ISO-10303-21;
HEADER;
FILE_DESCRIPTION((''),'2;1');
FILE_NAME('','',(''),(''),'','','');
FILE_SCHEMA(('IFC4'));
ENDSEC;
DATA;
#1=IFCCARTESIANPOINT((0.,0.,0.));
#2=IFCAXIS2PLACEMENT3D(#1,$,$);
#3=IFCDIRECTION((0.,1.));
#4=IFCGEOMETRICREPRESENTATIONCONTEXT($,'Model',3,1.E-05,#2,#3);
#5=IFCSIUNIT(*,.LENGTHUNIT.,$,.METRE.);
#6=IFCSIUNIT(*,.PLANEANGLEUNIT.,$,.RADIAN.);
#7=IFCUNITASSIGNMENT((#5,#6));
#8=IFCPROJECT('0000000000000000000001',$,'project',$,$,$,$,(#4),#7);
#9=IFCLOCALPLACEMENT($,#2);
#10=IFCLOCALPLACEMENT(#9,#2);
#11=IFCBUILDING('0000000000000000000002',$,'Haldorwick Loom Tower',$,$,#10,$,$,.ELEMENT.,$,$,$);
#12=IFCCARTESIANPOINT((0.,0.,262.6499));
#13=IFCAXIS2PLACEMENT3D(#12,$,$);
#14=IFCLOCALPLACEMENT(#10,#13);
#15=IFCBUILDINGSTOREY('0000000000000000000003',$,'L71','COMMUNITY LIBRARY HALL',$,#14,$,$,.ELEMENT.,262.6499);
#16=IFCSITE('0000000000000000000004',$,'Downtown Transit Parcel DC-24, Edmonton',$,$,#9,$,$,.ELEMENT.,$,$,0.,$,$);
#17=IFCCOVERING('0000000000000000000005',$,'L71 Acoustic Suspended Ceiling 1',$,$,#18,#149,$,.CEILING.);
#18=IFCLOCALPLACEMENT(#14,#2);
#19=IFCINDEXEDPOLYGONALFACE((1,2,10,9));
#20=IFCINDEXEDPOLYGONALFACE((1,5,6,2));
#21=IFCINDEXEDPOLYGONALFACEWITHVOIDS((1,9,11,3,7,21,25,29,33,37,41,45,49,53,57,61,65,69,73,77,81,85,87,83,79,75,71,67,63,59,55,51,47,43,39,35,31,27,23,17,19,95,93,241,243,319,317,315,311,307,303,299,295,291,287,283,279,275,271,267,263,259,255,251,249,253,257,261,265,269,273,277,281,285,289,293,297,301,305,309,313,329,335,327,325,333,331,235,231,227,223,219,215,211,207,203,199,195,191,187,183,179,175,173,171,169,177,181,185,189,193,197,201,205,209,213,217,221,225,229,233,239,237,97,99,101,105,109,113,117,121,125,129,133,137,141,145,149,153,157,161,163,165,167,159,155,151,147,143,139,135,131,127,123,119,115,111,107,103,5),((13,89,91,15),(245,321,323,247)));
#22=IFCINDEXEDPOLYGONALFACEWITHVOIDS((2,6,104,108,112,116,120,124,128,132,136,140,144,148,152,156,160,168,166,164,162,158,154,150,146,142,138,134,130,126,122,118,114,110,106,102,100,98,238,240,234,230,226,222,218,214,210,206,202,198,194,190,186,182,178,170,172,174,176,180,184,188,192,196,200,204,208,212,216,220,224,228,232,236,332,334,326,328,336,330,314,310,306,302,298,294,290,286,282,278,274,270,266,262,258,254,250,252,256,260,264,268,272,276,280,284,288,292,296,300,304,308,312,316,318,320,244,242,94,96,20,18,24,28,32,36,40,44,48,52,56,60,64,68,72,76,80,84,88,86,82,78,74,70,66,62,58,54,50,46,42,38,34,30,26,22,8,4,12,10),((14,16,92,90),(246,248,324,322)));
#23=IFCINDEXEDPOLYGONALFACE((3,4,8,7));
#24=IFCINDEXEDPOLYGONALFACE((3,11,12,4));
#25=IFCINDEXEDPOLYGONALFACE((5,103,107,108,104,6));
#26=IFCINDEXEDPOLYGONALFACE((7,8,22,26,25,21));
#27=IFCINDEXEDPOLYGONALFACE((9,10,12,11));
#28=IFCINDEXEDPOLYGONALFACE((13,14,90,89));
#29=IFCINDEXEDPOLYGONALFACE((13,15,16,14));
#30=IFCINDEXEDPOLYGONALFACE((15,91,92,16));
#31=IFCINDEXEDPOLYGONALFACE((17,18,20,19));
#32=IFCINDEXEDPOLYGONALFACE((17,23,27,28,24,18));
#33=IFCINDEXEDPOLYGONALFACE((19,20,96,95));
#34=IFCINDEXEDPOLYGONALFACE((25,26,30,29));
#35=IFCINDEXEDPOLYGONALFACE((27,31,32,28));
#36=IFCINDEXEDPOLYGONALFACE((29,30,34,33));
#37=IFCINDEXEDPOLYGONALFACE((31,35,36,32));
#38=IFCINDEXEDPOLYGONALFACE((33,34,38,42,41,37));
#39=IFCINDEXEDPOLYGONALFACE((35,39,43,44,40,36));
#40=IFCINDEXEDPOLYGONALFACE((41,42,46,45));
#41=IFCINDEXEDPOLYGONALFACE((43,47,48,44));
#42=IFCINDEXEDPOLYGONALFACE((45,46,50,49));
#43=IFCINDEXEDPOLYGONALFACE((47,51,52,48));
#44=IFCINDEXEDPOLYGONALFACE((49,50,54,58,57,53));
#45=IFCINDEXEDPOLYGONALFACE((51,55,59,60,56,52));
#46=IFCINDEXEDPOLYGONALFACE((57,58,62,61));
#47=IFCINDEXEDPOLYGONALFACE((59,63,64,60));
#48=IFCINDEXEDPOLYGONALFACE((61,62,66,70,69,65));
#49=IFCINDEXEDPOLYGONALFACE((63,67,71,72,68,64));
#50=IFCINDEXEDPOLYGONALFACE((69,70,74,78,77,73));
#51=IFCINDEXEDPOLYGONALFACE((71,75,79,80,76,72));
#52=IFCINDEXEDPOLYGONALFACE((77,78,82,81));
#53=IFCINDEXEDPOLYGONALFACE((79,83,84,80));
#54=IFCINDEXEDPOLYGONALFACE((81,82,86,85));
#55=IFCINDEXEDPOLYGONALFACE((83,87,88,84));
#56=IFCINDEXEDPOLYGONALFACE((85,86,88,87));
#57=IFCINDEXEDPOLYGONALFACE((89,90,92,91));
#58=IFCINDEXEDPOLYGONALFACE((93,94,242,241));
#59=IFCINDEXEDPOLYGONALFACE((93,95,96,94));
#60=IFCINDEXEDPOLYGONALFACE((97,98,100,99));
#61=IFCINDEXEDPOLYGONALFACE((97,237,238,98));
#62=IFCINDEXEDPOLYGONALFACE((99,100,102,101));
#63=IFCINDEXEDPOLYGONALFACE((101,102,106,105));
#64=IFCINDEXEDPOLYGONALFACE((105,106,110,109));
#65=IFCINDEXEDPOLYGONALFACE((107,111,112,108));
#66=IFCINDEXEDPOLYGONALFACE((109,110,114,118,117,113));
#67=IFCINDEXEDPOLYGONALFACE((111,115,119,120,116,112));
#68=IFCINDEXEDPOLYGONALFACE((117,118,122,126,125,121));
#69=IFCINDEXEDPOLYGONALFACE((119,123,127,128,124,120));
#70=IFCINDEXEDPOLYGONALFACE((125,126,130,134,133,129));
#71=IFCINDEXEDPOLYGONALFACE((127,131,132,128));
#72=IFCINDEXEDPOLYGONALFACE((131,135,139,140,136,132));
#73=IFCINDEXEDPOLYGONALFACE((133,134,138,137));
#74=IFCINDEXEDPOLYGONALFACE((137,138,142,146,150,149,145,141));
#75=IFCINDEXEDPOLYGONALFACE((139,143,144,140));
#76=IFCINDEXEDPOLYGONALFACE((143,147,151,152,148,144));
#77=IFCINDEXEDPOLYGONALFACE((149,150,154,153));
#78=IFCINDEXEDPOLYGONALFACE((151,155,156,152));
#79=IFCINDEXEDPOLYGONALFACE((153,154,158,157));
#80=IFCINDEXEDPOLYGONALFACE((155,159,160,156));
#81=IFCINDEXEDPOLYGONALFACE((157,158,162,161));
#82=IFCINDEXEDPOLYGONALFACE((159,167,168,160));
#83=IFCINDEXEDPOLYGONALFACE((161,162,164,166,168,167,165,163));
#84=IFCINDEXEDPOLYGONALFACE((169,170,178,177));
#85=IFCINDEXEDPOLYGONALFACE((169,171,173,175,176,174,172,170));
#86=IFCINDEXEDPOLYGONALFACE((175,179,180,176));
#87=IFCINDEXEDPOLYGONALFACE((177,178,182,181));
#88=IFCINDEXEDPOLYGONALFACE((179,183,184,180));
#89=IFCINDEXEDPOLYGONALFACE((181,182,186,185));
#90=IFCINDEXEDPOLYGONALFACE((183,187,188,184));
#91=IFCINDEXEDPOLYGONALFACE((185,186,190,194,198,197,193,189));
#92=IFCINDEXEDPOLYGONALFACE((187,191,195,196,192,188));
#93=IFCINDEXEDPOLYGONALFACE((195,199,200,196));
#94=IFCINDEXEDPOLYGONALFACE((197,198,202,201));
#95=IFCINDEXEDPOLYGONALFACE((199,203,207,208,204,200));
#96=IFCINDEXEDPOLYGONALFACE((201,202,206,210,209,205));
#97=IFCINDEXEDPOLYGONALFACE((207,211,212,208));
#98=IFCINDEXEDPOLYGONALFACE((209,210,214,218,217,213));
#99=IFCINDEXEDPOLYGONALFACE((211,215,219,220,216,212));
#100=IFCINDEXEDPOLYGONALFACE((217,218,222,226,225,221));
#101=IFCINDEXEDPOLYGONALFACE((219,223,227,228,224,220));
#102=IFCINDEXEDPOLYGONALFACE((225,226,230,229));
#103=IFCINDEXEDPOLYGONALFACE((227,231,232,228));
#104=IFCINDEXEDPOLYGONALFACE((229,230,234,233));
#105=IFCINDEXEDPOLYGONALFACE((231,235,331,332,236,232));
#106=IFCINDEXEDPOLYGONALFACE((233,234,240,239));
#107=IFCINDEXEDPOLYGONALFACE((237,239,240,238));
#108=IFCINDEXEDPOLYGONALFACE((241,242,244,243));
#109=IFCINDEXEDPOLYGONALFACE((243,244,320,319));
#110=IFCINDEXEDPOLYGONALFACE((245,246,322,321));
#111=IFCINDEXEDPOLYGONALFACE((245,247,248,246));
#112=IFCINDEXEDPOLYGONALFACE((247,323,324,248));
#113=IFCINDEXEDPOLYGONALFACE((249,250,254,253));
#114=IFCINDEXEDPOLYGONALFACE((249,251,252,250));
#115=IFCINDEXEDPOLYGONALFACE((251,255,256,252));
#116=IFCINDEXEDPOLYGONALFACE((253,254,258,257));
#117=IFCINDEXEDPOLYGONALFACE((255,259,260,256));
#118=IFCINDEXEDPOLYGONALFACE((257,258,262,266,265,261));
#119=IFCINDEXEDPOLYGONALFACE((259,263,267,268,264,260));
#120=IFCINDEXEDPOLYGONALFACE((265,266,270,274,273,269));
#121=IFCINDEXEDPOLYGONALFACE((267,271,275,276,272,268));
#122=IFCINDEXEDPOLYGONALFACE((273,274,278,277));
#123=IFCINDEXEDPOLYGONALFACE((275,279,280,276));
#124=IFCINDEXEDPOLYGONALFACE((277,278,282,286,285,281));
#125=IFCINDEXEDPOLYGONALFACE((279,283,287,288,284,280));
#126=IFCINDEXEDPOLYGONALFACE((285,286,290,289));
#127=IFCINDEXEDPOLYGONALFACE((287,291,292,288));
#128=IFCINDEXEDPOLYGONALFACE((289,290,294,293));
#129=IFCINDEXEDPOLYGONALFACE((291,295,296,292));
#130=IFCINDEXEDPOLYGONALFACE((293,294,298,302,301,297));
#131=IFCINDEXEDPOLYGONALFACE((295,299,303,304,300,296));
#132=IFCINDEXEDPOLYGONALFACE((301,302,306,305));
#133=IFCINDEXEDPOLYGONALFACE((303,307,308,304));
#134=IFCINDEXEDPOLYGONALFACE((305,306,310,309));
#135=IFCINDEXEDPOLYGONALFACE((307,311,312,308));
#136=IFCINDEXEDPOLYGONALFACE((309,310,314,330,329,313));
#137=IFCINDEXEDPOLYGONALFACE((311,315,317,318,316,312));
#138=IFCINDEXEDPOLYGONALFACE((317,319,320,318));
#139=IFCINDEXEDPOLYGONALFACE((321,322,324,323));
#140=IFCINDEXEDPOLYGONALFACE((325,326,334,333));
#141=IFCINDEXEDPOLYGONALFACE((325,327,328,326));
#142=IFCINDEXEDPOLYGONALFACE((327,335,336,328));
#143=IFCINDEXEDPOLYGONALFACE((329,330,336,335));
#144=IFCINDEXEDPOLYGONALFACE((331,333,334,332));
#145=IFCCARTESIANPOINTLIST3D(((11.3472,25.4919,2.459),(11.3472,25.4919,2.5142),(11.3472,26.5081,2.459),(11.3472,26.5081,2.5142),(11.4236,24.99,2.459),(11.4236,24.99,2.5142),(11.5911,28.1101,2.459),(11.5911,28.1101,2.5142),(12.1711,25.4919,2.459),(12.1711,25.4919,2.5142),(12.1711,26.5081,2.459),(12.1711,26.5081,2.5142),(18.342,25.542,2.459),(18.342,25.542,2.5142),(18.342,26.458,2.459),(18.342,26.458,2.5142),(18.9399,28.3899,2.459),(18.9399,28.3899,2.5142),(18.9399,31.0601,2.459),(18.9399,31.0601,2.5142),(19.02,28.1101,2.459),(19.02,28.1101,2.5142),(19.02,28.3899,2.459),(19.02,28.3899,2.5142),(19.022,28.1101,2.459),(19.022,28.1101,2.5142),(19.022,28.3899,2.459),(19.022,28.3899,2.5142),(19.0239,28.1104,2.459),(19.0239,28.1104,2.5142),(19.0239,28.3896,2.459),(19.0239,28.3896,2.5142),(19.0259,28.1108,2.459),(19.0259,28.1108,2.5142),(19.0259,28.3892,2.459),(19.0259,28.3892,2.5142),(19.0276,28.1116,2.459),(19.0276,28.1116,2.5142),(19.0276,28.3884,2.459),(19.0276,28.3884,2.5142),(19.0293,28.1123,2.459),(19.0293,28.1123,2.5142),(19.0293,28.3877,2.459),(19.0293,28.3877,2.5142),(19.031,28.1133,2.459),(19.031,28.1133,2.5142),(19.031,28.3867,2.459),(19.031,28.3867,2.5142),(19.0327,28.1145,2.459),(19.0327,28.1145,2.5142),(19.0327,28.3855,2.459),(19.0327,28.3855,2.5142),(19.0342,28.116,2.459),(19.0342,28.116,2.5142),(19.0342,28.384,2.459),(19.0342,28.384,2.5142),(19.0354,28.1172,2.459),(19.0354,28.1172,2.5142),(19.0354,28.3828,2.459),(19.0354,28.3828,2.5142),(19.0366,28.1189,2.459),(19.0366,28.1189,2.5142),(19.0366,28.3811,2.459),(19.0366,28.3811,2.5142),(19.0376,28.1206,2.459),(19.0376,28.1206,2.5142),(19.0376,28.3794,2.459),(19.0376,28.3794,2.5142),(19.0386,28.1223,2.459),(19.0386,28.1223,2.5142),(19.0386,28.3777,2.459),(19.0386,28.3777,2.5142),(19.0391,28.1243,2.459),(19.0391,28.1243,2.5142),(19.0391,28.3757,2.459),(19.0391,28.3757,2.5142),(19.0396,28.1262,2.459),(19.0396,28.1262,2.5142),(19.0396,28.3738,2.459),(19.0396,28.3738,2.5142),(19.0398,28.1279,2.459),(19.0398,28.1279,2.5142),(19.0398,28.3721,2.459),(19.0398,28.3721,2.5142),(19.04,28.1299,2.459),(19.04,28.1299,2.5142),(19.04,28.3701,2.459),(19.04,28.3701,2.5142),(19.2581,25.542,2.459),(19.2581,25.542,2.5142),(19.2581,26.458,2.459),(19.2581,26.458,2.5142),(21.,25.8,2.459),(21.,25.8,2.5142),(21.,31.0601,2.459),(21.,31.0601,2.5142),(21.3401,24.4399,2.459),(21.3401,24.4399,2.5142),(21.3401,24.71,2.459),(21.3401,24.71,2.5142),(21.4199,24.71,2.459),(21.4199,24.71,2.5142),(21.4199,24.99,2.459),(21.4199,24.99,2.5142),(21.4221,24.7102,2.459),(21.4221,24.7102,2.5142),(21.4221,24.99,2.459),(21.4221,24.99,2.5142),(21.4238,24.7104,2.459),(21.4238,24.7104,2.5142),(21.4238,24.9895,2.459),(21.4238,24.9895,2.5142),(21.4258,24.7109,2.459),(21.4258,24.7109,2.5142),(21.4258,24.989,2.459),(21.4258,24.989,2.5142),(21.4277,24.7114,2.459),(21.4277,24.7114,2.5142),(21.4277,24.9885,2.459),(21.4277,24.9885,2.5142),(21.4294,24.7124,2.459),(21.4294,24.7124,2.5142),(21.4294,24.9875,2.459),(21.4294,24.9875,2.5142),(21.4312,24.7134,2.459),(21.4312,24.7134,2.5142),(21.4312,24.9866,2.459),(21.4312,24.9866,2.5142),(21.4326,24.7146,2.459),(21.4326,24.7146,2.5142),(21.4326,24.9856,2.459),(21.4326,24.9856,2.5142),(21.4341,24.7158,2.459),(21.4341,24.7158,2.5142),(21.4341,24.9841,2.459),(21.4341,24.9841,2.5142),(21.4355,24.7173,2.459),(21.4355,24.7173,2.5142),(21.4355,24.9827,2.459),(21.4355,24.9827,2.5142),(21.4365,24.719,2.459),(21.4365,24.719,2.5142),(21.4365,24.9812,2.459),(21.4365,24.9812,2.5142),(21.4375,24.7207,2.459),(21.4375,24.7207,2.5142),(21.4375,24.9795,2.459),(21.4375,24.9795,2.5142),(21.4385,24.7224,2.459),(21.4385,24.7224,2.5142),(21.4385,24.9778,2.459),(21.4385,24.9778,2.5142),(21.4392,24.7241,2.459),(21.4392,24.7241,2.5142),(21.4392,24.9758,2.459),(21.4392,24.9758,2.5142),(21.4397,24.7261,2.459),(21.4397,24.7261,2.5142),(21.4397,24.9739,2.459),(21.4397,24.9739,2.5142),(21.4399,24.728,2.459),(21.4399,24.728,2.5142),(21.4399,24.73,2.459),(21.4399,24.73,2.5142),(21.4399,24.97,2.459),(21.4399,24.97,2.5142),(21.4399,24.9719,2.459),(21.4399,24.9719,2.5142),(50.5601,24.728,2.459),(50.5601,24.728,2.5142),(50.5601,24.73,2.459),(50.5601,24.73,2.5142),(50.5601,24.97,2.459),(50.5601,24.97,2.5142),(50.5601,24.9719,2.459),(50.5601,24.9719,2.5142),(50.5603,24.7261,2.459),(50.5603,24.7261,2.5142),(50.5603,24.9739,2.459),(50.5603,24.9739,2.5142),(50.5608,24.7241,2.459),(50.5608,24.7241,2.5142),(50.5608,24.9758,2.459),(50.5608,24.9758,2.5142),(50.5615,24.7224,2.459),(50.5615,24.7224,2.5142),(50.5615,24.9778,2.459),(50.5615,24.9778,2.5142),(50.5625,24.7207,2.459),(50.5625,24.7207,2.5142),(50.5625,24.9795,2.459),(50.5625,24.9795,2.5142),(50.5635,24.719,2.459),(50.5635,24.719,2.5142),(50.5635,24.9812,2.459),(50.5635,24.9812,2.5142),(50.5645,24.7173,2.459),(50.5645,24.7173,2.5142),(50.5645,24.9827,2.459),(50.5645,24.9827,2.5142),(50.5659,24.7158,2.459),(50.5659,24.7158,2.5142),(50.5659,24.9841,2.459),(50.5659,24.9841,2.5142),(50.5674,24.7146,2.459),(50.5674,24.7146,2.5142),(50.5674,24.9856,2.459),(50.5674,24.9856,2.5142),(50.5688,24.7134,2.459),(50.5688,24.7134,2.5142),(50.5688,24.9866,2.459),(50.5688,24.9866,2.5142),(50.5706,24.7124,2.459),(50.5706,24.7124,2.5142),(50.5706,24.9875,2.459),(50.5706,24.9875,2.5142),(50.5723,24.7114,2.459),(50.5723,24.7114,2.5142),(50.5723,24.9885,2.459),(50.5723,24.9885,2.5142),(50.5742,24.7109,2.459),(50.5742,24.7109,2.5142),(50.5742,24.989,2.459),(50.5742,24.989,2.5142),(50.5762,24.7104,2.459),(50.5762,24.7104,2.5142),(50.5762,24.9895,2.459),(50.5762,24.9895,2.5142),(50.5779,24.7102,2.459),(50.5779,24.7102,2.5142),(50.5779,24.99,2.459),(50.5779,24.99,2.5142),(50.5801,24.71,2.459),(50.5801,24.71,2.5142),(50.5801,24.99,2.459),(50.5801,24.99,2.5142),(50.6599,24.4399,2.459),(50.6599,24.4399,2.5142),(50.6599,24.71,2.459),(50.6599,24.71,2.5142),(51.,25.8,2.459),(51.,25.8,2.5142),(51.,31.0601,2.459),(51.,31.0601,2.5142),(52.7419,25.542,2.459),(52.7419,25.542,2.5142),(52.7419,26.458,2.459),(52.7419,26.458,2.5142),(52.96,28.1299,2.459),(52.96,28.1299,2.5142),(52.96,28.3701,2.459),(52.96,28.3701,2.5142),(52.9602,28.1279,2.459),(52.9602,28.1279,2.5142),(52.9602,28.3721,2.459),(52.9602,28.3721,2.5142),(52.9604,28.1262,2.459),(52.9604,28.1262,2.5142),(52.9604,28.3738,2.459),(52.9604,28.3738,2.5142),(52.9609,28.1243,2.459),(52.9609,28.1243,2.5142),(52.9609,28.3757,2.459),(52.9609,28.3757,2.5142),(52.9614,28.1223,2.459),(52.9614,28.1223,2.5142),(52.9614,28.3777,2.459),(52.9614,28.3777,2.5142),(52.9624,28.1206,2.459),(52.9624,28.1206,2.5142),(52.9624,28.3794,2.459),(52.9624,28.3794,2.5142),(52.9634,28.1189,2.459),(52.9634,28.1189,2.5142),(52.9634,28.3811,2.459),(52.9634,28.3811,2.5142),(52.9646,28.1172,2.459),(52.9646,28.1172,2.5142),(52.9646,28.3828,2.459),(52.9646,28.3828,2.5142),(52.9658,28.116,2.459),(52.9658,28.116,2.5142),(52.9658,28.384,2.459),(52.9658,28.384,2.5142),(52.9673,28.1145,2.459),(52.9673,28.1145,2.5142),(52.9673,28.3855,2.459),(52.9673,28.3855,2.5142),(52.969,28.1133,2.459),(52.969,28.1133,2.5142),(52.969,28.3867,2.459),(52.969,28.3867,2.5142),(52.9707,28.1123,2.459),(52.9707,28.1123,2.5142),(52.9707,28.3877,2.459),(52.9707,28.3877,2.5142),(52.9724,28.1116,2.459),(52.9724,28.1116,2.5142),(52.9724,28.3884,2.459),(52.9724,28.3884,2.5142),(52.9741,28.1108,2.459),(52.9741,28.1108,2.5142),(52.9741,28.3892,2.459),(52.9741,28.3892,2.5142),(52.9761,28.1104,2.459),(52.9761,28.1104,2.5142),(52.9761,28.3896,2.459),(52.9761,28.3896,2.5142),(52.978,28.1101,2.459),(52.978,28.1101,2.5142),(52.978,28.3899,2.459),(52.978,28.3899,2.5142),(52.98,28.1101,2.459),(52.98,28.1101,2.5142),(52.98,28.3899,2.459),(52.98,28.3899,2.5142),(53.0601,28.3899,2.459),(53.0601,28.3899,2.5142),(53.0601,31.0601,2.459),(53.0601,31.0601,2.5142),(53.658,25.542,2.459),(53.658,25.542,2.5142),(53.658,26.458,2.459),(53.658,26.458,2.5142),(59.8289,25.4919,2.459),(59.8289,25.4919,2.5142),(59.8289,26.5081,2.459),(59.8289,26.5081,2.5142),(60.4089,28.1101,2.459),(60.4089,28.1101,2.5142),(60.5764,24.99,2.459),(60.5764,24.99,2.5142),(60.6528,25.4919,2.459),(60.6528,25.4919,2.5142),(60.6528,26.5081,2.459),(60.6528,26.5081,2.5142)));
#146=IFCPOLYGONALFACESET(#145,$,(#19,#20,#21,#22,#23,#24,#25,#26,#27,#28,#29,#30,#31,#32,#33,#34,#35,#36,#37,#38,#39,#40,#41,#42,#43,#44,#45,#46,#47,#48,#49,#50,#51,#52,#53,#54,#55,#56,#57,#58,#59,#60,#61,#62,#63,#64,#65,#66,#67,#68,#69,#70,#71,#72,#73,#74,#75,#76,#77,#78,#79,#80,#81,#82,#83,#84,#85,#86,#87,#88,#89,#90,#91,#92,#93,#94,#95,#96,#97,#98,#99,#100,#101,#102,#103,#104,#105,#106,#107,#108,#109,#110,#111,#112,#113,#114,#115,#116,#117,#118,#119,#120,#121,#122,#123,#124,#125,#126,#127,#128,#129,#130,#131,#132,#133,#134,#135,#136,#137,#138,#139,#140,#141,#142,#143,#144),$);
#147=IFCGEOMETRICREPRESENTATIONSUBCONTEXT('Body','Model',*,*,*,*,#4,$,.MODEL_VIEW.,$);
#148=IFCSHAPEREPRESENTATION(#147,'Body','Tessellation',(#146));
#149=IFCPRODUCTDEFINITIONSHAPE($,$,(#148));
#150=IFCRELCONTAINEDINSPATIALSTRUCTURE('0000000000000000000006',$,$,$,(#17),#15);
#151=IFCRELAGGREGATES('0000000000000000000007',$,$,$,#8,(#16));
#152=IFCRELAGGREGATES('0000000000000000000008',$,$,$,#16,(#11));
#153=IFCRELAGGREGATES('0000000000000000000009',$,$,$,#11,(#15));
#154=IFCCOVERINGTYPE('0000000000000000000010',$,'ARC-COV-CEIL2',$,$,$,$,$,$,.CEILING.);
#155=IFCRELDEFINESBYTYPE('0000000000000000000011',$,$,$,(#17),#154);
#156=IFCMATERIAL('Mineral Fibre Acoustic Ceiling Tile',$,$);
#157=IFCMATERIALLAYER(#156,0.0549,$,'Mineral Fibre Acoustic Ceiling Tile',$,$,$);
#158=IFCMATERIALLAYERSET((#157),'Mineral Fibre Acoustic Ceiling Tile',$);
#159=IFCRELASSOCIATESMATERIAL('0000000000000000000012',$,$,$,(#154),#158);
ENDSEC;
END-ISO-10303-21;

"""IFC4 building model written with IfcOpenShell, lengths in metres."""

from ifc_helpers import new_model, si_unit, direction, frame, origin, place, context, subcontext, project, spatial, polyline, outline, extrude, material, layer, layer_set, type_object, element, save


model = new_model("IFC4")

# Units and contexts
model_context = context("Model", 3, precision=1e-05, world=origin(), true_north=direction((0.0, 1.0)))
body_context = subcontext(model_context, "Body", "Model", "MODEL_VIEW")
ifc_project = project(units=[si_unit("LENGTHUNIT", "METRE"), si_unit("PLANEANGLEUNIT", "RADIAN")], contexts=[model_context])

# Site, building, storey
site_placement = place(None, origin())
site = spatial("IfcSite", under=ifc_project, at=site_placement, Name="Downtown Transit Parcel DC-24, Edmonton", CompositionType="ELEMENT", RefElevation=0.0)
building_placement = place(site_placement, origin())
building = spatial("IfcBuilding", under=site, at=building_placement, Name="Haldorwick Loom Tower", CompositionType="ELEMENT")
storey_placement = place(building_placement, frame((0.0, 0.0, 262.6499)))
storey = spatial("IfcBuildingStorey", under=building, at=storey_placement, Name="L71", Description="COMMUNITY LIBRARY HALL", CompositionType="ELEMENT", Elevation=262.6499)

# Covering
ifc_material_1 = material(Name="Mineral Fibre Acoustic Ceiling Tile")
ifc_layer_1 = layer(ifc_material_1, 0.0549, Name="Mineral Fibre Acoustic Ceiling Tile")
ifc_layer_set_1 = layer_set([ifc_layer_1], Name="Mineral Fibre Acoustic Ceiling Tile")
covering_type_1 = type_object("IfcCoveringType", Name="ARC-COV-CEIL2", PredefinedType="CEILING", material=ifc_layer_set_1)
covering_1_placement = place(storey_placement, frame((0.0, 0.0, 2.459)))
element("IfcCovering", 1, at=covering_1_placement, inside=storey, type_object=covering_type_1, Name="L71 Acoustic Suspended Ceiling 1", PredefinedType="CEILING", context=body_context, shape_type="SweptSolid", body=[
    extrude(outline(polyline([(11.4236, 24.99), (21.4199, 24.99), (21.4221, 24.99), (21.4238, 24.9895), (21.4258, 24.989), (21.4277, 24.9885), (21.4294, 24.9875), (21.4312, 24.9866), (21.4326, 24.9856), (21.4341, 24.9841), (21.4355, 24.9827), (21.4365, 24.9812), (21.4375, 24.9795), (21.4385, 24.9778), (21.4392, 24.9758), (21.4397, 24.9739), (21.4399, 24.9719), (21.4399, 24.97), (21.4399, 24.73), (21.4399, 24.728), (21.4397, 24.7261), (21.4392, 24.7241), (21.4385, 24.7224), (21.4375, 24.7207), (21.4365, 24.719), (21.4355, 24.7173), (21.4341, 24.7158), (21.4326, 24.7146), (21.4312, 24.7134), (21.4294, 24.7124), (21.4277, 24.7114), (21.4258, 24.7109), (21.4238, 24.7104), (21.4221, 24.7102), (21.4199, 24.71), (21.3401, 24.71), (21.3401, 24.4399), (50.6599, 24.4399), (50.6599, 24.71), (50.5801, 24.71), (50.5779, 24.7102), (50.5762, 24.7104), (50.5742, 24.7109), (50.5723, 24.7114), (50.5706, 24.7124), (50.5688, 24.7134), (50.5674, 24.7146), (50.5659, 24.7158), (50.5645, 24.7173), (50.5635, 24.719), (50.5625, 24.7207), (50.5615, 24.7224), (50.5608, 24.7241), (50.5603, 24.7261), (50.5601, 24.728), (50.5601, 24.73), (50.5601, 24.97), (50.5601, 24.9719), (50.5603, 24.9739), (50.5608, 24.9758), (50.5615, 24.9778), (50.5625, 24.9795), (50.5635, 24.9812), (50.5645, 24.9827), (50.5659, 24.9841), (50.5674, 24.9856), (50.5688, 24.9866), (50.5706, 24.9875), (50.5723, 24.9885), (50.5742, 24.989), (50.5762, 24.9895), (50.5779, 24.99), (50.5801, 24.99), (60.5764, 24.99), (60.6528, 25.4919), (59.8289, 25.4919), (59.8289, 26.5081), (60.6528, 26.5081), (60.4089, 28.1101), (52.98, 28.1101), (52.978, 28.1101), (52.9761, 28.1104), (52.9741, 28.1108), (52.9724, 28.1116), (52.9707, 28.1123), (52.969, 28.1133), (52.9673, 28.1145), (52.9658, 28.116), (52.9646, 28.1172), (52.9634, 28.1189), (52.9624, 28.1206), (52.9614, 28.1223), (52.9609, 28.1243), (52.9604, 28.1262), (52.9602, 28.1279), (52.96, 28.1299), (52.96, 28.3701), (52.9602, 28.3721), (52.9604, 28.3738), (52.9609, 28.3757), (52.9614, 28.3777), (52.9624, 28.3794), (52.9634, 28.3811), (52.9646, 28.3828), (52.9658, 28.384), (52.9673, 28.3855), (52.969, 28.3867), (52.9707, 28.3877), (52.9724, 28.3884), (52.9741, 28.3892), (52.9761, 28.3896), (52.978, 28.3899), (52.98, 28.3899), (53.0601, 28.3899), (53.0601, 31.0601), (51.0, 31.0601), (51.0, 25.8), (21.0, 25.8), (21.0, 31.0601), (18.9399, 31.0601), (18.9399, 28.3899), (19.02, 28.3899), (19.022, 28.3899), (19.0239, 28.3896), (19.0259, 28.3892), (19.0276, 28.3884), (19.0293, 28.3877), (19.031, 28.3867), (19.0327, 28.3855), (19.0342, 28.384), (19.0354, 28.3828), (19.0366, 28.3811), (19.0376, 28.3794), (19.0386, 28.3777), (19.0391, 28.3757), (19.0396, 28.3738), (19.0398, 28.3721), (19.04, 28.3701), (19.04, 28.1299), (19.0398, 28.1279), (19.0396, 28.1262), (19.0391, 28.1243), (19.0386, 28.1223), (19.0376, 28.1206), (19.0366, 28.1189), (19.0354, 28.1172), (19.0342, 28.116), (19.0327, 28.1145), (19.031, 28.1133), (19.0293, 28.1123), (19.0276, 28.1116), (19.0259, 28.1108), (19.0239, 28.1104), (19.022, 28.1101), (19.02, 28.1101), (11.5911, 28.1101), (11.3472, 26.5081), (12.1711, 26.5081), (12.1711, 25.4919), (11.3472, 25.4919), (11.4236, 24.99)]), holes=[polyline([(19.2581, 26.458), (19.2581, 25.542), (18.342, 25.542), (18.342, 26.458), (19.2581, 26.458)]), polyline([(53.658, 26.458), (53.658, 25.542), (52.7419, 25.542), (52.7419, 26.458), (53.658, 26.458)])]), origin(), (0.0, 0.0, 1.0), 0.0552),
])

save(model, "model.ifc")
